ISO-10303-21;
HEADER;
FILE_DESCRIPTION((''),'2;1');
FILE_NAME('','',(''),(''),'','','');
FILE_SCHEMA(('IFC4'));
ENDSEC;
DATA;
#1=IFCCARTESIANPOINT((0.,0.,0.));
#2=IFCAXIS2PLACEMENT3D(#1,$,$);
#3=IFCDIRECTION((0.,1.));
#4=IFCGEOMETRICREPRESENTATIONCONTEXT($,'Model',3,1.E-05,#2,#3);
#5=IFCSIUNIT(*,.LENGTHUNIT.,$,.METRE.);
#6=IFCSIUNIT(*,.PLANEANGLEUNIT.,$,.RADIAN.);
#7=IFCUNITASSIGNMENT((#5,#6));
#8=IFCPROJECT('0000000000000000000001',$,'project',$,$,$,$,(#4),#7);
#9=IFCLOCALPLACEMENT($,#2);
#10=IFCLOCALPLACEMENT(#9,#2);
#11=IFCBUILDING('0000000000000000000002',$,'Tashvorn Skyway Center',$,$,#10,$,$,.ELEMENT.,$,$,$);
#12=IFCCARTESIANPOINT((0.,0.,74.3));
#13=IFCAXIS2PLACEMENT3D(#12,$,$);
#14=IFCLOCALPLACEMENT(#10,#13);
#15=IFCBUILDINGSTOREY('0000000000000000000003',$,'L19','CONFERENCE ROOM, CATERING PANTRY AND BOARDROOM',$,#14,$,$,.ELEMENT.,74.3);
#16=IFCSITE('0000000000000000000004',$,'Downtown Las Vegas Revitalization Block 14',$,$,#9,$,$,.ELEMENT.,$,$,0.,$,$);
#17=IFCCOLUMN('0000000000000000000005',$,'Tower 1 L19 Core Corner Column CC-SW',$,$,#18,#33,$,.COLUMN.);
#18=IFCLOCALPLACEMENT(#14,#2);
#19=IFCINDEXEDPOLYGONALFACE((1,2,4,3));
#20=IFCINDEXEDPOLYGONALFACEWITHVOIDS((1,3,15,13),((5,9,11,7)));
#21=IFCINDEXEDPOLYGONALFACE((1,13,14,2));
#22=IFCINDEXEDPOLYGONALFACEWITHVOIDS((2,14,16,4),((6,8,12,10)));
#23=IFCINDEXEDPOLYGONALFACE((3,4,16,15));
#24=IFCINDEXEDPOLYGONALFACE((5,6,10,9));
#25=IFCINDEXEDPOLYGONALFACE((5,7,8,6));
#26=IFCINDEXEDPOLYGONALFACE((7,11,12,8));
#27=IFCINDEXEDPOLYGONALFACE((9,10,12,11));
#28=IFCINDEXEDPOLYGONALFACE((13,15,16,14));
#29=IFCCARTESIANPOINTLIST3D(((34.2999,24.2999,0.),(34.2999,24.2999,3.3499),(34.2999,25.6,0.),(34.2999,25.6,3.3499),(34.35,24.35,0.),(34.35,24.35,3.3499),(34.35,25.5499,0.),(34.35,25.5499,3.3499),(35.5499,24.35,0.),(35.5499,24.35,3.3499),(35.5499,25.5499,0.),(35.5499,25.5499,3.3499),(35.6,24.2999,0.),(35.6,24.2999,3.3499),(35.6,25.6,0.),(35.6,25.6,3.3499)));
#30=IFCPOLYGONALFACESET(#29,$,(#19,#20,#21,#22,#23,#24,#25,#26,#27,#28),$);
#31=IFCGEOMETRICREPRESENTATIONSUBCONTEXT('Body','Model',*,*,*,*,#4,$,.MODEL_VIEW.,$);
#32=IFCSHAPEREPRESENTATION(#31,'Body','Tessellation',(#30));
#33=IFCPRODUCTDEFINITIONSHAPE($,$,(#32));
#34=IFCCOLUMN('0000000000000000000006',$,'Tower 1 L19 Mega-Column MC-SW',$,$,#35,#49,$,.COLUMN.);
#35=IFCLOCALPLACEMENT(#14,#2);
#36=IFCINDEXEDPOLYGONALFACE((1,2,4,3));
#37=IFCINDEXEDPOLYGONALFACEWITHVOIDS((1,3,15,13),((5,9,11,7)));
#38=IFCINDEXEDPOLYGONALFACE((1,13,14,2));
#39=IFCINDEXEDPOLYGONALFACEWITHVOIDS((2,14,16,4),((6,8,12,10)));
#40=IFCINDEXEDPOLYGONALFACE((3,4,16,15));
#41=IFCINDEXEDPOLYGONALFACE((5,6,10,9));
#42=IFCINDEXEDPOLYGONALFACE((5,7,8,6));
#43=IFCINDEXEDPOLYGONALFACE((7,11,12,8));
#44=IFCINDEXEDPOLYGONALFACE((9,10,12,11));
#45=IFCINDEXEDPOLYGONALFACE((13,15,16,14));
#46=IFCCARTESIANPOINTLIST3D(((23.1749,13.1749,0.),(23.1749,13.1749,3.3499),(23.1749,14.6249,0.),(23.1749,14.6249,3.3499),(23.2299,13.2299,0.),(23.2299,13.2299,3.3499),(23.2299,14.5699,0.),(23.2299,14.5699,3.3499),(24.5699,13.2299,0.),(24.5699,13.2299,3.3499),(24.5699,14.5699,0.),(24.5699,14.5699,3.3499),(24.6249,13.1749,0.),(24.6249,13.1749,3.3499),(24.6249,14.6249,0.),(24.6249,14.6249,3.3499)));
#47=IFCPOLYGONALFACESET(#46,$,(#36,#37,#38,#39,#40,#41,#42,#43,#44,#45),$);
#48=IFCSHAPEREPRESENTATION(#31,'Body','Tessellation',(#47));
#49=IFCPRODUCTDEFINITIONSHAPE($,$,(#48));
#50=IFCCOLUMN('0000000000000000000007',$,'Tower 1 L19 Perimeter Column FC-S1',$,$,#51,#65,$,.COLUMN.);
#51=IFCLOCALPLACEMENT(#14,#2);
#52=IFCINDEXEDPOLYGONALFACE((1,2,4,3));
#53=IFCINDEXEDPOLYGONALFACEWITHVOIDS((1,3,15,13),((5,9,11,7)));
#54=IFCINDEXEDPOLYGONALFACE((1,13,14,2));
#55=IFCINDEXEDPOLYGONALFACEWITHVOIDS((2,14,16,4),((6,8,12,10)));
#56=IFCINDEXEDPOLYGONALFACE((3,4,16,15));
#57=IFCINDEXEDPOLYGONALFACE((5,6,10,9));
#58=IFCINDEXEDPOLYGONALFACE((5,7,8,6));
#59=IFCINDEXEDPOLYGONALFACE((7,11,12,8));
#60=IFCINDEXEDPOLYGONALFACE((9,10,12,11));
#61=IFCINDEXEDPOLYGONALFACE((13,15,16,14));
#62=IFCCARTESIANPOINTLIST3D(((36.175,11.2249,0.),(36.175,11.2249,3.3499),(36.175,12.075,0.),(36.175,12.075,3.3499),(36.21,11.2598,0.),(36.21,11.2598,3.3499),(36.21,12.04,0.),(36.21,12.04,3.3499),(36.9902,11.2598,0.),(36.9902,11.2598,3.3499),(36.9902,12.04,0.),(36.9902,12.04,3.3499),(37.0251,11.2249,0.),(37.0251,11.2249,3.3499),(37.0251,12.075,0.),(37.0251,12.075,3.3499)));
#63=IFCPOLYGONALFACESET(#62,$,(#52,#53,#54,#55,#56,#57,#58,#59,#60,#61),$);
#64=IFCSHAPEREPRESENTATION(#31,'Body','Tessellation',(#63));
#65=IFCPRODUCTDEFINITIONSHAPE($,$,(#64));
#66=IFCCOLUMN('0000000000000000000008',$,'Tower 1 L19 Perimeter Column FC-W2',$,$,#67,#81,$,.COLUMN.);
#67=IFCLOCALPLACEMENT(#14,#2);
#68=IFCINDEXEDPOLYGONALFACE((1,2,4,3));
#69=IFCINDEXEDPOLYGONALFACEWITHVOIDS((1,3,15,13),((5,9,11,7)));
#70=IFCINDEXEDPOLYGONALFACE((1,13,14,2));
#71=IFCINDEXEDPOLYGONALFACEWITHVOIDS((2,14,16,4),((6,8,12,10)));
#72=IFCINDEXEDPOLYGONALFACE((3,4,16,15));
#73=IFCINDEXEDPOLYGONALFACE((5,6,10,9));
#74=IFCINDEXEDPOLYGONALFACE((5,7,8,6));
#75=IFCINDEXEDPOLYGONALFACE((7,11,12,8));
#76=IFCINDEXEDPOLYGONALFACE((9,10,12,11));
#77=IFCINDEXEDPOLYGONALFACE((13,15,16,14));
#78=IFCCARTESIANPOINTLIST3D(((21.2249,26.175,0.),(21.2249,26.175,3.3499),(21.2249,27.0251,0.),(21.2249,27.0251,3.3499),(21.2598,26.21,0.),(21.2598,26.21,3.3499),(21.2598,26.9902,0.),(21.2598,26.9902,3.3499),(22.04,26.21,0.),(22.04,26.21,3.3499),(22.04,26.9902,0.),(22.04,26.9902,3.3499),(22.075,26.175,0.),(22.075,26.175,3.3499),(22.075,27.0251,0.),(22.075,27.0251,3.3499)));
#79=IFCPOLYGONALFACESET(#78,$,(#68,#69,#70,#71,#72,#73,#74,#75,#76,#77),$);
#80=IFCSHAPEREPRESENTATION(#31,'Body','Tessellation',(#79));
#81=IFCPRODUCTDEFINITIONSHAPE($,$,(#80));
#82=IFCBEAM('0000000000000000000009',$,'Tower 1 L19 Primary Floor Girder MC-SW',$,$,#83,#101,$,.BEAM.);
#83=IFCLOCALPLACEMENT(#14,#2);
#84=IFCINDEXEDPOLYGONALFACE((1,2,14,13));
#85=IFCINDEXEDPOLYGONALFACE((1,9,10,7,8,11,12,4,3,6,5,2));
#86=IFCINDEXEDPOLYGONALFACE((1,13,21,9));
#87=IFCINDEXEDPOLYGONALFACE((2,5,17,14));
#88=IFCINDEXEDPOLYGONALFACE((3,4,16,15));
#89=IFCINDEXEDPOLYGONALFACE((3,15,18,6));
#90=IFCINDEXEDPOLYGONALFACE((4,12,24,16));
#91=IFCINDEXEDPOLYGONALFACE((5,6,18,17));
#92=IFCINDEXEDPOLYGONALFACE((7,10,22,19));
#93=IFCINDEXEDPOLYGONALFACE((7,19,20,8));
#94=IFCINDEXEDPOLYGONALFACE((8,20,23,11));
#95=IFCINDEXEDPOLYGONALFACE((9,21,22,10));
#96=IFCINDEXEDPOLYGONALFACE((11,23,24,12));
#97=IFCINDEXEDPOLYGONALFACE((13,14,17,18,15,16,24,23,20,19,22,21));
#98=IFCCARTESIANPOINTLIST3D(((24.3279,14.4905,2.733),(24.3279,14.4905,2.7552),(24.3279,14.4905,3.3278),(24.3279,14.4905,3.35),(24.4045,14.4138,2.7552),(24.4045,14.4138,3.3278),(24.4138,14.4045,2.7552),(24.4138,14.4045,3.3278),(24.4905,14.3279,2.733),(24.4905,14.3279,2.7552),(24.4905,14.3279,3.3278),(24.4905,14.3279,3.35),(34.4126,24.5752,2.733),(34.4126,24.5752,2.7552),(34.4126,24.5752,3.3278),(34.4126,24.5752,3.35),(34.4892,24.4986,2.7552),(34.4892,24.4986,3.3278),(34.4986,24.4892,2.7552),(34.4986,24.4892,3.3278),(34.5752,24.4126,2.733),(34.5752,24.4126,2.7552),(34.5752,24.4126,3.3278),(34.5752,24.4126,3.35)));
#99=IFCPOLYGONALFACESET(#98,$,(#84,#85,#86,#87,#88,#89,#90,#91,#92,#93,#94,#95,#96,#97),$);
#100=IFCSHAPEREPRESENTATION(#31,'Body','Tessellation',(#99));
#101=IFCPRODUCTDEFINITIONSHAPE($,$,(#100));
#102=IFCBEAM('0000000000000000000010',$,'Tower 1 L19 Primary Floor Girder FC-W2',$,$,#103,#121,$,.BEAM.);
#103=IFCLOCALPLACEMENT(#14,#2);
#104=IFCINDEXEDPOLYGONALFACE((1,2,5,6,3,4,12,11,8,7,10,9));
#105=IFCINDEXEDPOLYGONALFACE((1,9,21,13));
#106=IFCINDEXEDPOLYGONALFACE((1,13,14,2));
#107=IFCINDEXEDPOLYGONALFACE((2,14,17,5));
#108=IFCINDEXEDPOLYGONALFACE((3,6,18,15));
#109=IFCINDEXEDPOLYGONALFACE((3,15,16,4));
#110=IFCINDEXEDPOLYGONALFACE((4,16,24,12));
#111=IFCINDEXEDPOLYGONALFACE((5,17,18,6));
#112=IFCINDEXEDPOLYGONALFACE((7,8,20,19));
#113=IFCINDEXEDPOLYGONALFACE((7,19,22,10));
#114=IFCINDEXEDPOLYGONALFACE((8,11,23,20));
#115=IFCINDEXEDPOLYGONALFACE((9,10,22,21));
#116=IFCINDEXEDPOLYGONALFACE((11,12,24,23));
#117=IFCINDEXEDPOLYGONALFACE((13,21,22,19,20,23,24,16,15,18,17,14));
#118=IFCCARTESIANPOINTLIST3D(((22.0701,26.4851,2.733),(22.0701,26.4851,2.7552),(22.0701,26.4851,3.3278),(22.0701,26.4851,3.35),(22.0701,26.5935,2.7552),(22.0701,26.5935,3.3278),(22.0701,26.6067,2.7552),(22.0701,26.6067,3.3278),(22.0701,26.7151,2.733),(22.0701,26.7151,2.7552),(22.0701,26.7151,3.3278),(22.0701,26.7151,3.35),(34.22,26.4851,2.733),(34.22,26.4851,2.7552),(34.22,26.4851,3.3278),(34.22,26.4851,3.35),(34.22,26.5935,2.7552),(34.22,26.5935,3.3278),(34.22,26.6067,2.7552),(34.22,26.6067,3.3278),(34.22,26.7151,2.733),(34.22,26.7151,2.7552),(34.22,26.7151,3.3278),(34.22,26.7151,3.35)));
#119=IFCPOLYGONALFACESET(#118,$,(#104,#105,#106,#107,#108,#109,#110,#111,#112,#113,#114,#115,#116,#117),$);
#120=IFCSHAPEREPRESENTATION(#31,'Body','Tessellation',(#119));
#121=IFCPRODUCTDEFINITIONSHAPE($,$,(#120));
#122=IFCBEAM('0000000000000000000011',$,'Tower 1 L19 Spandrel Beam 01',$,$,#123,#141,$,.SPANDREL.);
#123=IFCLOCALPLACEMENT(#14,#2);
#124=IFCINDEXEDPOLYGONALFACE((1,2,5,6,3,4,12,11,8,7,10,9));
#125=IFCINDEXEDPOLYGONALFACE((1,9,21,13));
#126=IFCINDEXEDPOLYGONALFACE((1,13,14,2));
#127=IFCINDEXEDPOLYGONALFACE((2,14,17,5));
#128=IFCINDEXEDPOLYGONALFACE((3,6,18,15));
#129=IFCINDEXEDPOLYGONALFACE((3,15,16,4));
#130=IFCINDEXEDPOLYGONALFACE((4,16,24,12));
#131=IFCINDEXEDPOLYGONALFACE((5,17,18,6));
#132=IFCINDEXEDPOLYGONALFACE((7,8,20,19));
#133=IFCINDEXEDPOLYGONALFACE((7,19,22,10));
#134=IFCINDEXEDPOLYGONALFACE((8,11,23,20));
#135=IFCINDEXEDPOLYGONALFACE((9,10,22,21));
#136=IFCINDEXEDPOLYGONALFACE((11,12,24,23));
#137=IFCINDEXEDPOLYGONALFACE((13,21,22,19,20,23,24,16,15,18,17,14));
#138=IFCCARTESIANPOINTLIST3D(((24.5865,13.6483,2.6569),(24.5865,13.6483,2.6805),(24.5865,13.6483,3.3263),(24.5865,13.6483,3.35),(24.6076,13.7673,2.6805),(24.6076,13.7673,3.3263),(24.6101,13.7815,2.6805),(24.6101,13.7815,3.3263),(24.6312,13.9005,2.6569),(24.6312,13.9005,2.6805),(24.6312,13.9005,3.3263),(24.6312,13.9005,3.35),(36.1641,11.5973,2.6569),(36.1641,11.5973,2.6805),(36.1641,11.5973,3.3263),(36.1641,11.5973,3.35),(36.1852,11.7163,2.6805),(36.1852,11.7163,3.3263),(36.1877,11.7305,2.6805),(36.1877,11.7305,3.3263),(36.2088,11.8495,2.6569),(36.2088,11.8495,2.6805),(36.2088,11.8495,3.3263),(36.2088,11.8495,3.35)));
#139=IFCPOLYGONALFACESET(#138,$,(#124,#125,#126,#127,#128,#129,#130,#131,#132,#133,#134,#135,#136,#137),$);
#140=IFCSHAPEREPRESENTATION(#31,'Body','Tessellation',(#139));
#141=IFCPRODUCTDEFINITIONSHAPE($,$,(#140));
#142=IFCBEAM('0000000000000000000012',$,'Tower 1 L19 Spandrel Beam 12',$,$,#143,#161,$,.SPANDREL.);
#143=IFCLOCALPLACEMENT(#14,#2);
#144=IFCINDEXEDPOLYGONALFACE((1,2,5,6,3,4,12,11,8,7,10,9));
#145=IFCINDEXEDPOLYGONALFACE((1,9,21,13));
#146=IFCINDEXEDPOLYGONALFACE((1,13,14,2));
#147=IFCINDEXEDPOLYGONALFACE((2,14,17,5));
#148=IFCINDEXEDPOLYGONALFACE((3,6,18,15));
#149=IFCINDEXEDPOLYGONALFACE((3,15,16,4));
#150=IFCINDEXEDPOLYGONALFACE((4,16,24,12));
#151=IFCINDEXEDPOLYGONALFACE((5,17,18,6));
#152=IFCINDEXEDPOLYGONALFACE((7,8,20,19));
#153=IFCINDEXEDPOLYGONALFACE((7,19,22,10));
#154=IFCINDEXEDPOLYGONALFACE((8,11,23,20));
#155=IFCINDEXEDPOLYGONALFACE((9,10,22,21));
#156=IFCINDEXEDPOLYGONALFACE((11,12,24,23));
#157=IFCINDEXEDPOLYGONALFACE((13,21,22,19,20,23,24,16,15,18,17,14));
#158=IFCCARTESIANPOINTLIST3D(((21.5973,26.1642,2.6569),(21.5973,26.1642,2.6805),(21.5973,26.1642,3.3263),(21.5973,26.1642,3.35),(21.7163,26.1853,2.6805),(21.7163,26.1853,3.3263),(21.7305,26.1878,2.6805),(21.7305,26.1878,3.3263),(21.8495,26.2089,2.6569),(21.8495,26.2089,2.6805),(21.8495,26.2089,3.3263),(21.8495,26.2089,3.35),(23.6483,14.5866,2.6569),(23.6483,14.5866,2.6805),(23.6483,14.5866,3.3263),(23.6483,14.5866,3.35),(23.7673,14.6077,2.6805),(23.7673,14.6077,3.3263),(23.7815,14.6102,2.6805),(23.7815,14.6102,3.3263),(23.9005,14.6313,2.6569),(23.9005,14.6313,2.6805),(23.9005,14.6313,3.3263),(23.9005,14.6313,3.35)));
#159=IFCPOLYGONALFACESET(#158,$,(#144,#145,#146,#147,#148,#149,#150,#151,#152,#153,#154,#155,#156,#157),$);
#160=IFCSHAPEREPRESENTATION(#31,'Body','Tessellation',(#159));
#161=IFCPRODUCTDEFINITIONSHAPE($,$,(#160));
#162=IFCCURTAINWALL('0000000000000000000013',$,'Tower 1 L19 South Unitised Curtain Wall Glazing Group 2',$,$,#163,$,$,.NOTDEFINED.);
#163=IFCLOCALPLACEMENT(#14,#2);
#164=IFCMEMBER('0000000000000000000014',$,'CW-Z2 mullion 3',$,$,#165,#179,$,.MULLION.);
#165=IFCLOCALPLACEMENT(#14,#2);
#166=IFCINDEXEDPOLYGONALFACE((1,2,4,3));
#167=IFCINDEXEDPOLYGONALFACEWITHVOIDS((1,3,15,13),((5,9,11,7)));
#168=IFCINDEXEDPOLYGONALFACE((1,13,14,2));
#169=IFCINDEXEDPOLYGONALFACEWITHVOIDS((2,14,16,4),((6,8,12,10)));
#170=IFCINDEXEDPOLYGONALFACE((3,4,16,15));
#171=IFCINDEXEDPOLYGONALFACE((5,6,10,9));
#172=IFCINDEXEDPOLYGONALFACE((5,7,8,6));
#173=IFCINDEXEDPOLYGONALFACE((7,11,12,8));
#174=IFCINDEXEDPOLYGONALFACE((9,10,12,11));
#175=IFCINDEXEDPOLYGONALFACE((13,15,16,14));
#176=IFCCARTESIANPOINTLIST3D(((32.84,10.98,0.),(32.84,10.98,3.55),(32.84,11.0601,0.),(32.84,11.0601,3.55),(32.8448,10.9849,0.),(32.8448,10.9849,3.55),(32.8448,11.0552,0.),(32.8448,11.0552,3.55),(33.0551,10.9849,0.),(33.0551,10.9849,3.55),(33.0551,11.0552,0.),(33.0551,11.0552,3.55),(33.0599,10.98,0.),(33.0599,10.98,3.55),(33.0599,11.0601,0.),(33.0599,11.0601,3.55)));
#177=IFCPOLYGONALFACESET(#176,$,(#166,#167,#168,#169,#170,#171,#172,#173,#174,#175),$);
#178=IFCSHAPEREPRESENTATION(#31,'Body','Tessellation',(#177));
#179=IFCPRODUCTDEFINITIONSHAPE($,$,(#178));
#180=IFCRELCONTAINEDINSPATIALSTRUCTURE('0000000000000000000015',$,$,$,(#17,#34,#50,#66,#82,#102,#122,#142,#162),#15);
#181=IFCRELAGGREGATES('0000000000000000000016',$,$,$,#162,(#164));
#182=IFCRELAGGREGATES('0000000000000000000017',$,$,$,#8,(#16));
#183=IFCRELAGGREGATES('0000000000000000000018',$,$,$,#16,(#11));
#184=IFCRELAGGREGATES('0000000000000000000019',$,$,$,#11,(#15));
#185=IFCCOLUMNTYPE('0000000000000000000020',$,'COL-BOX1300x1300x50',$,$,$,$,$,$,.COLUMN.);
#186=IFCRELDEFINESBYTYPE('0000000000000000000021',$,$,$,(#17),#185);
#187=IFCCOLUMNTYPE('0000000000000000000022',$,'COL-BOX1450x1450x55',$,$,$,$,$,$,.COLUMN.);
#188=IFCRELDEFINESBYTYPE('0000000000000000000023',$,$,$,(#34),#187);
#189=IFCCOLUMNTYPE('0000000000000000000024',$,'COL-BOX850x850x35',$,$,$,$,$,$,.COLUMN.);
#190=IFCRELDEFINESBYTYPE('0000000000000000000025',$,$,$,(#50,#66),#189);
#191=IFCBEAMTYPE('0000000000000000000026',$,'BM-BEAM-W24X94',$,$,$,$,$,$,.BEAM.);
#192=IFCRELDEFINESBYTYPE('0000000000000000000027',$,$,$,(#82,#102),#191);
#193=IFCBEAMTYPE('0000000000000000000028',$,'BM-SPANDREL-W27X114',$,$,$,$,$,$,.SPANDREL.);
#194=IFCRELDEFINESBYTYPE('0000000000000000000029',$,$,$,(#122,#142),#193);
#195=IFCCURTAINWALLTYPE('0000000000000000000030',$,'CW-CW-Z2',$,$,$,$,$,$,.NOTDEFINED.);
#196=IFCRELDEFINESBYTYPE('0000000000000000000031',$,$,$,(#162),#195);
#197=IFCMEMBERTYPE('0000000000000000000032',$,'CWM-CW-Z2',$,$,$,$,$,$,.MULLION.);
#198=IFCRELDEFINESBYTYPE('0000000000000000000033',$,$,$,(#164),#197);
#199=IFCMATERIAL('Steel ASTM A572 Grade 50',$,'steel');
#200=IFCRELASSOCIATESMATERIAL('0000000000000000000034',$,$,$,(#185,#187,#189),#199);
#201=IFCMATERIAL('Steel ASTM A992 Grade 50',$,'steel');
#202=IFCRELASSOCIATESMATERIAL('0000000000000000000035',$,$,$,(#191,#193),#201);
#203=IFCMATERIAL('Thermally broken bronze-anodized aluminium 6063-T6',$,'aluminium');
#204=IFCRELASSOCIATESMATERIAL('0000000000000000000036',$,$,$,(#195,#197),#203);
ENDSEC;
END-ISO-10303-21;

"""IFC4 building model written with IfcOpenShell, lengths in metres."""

from ifc_helpers import new_model, si_unit, direction, frame, origin, origin_2d, place, context, subcontext, project, spatial, hollow_rectangle, i_section, extrude, material, material_profile, profile_set, type_object, element, aggregate, save


model = new_model("IFC4")

# Units and contexts
model_context = context("Model", 3, precision=1e-05, world=origin(), true_north=direction((0.0, 1.0)))
body_context = subcontext(model_context, "Body", "Model", "MODEL_VIEW")
ifc_project = project(units=[si_unit("LENGTHUNIT", "METRE"), si_unit("PLANEANGLEUNIT", "RADIAN")], contexts=[model_context])

# Site, building, storey
site_placement = place(None, origin())
site = spatial("IfcSite", under=ifc_project, at=site_placement, Name="Downtown Las Vegas Revitalization Block 14", CompositionType="ELEMENT", RefElevation=0.0)
building_placement = place(site_placement, origin())
building = spatial("IfcBuilding", under=site, at=building_placement, Name="Tashvorn Skyway Center", CompositionType="ELEMENT")
storey_placement = place(building_placement, frame((0.0, 0.0, 74.3)))
storey = spatial("IfcBuildingStorey", under=building, at=storey_placement, Name="L19", Description="CONFERENCE ROOM, CATERING PANTRY AND BOARDROOM", CompositionType="ELEMENT", Elevation=74.3)

# Columns
ifc_material_1 = material(Name="Steel ASTM A572 Grade 50", Category="steel")
ifc_material_profile_1 = material_profile(ifc_material_1, hollow_rectangle(XDim=1.3, YDim=1.3, WallThickness=0.05, at=origin_2d()), Name="BOX1300x1300x50")
ifc_profile_set_1 = profile_set([ifc_material_profile_1], Name="Steel ASTM A572 Grade 50")
column_type_1 = type_object("IfcColumnType", Name="COL-BOX1300x1300x50", PredefinedType="COLUMN", material=ifc_profile_set_1)
column_1_placement = place(storey_placement, frame((34.95, 24.95, 0.0), z_axis=(0.0, 0.0, 1.0), x_axis=(1.0, 0.0, 0.0)))
element("IfcColumn", 1, at=column_1_placement, inside=storey, type_object=column_type_1, Name="Tower 1 L19 Core Corner Column CC-SW", PredefinedType="COLUMN", context=body_context, shape_type="SweptSolid", body=[
    extrude(hollow_rectangle(XDim=1.3, YDim=1.3, WallThickness=0.05, at=origin_2d()), origin(), (0.0, 0.0, 1.0), 3.3499),
])
ifc_material_profile_2 = material_profile(ifc_material_1, hollow_rectangle(XDim=1.45, YDim=1.45, WallThickness=0.0549, at=origin_2d()), Name="BOX1450x1450x55")
ifc_profile_set_2 = profile_set([ifc_material_profile_2], Name="Steel ASTM A572 Grade 50")
column_type_2 = type_object("IfcColumnType", Name="COL-BOX1450x1450x55", PredefinedType="COLUMN", material=ifc_profile_set_2)
column_2_placement = place(storey_placement, frame((23.8999, 13.8999, 0.0), z_axis=(0.0, 0.0, 1.0), x_axis=(1.0, 0.0, 0.0)))
element("IfcColumn", 2, at=column_2_placement, inside=storey, type_object=column_type_2, Name="Tower 1 L19 Mega-Column MC-SW", PredefinedType="COLUMN", context=body_context, shape_type="SweptSolid", body=[
    extrude(hollow_rectangle(XDim=1.45, YDim=1.45, WallThickness=0.0549, at=origin_2d()), origin(), (0.0, 0.0, 1.0), 3.3499),
])
ifc_material_profile_3 = material_profile(ifc_material_1, hollow_rectangle(XDim=0.8501, YDim=0.8501, WallThickness=0.0349, at=origin_2d()), Name="BOX850x850x35")
ifc_profile_set_3 = profile_set([ifc_material_profile_3], Name="Steel ASTM A572 Grade 50")
column_type_3 = type_object("IfcColumnType", Name="COL-BOX850x850x35", PredefinedType="COLUMN", material=ifc_profile_set_3)
for number, where, z_axis, x_axis, name in (
    (3, (36.6001, 11.6499, 0.0), (0.0, 0.0, 1.0), (1.0, 0.0, 0.0), "Tower 1 L19 Perimeter Column FC-S1"),
    (4, (21.6499, 26.6001, 0.0), (0.0, 0.0, 1.0), (1.0, 0.0, 0.0), "Tower 1 L19 Perimeter Column FC-W2"),
):
    element("IfcColumn", number, at=place(storey_placement, frame(where, z_axis=z_axis, x_axis=x_axis)), inside=storey, type_object=column_type_3, Name=name, PredefinedType="COLUMN", context=body_context, shape_type="SweptSolid", body=[
        extrude(hollow_rectangle(XDim=0.8501, YDim=0.8501, WallThickness=0.0349, at=origin_2d()), origin(), (0.0, 0.0, 1.0), 3.3499),
    ])

# Beams
ifc_material_2 = material(Name="Steel ASTM A992 Grade 50", Category="steel")
ifc_material_profile_4 = material_profile(ifc_material_2, i_section(OverallWidth=0.23, OverallDepth=0.6169, WebThickness=0.0132, FlangeThickness=0.0222, at=origin_2d()), Name="W24X94")
ifc_profile_set_4 = profile_set([ifc_material_profile_4], Name="Steel ASTM A992 Grade 50")
beam_type_1 = type_object("IfcBeamType", Name="BM-BEAM-W24X94", PredefinedType="BEAM", material=ifc_profile_set_4)
beam_1_placement = place(storey_placement, frame((24.4092, 14.4092, 3.0415), z_axis=(0.707107, 0.707107, 0.0), x_axis=(-0.707107, 0.707107, 0.0)))
element("IfcBeam", 5, at=beam_1_placement, inside=storey, type_object=beam_type_1, Name="Tower 1 L19 Primary Floor Girder MC-SW", PredefinedType="BEAM", context=body_context, shape_type="SweptSolid", body=[
    extrude(i_section(OverallWidth=0.23, OverallDepth=0.6169, WebThickness=0.0132, FlangeThickness=0.0222, at=origin_2d()), origin(), (0.0, 0.0, 1.0), 14.262),
])
beam_2_placement = place(storey_placement, frame((22.0701, 26.6001, 3.0415), z_axis=(1.0, 0.0, 0.0), x_axis=(0.0, 1.0, 0.0)))
element("IfcBeam", 6, at=beam_2_placement, inside=storey, type_object=beam_type_1, Name="Tower 1 L19 Primary Floor Girder FC-W2", PredefinedType="BEAM", context=body_context, shape_type="SweptSolid", body=[
    extrude(i_section(OverallWidth=0.23, OverallDepth=0.6169, WebThickness=0.0132, FlangeThickness=0.0222, at=origin_2d()), origin(), (0.0, 0.0, 1.0), 12.1499),
])
ifc_material_profile_5 = material_profile(ifc_material_2, i_section(OverallWidth=0.2561, OverallDepth=0.6931, WebThickness=0.0144, FlangeThickness=0.0237, at=origin_2d()), Name="W27X114")
ifc_profile_set_5 = profile_set([ifc_material_profile_5], Name="Steel ASTM A992 Grade 50")
beam_type_2 = type_object("IfcBeamType", Name="BM-SPANDREL-W27X114", PredefinedType="SPANDREL", material=ifc_profile_set_5)
for number, where, z_axis, x_axis, name in (
    (7, (24.6089, 13.7744, 3.0034), (0.984668, -0.174438, 0.0), (0.174438, 0.984668, 0.0), "Tower 1 L19 Spandrel Beam 01"),
    (8, (21.7234, 26.1865, 3.0034), (0.174438, -0.984668, 0.0), (0.984668, 0.174438, 0.0), "Tower 1 L19 Spandrel Beam 12"),
):
    element("IfcBeam", number, at=place(storey_placement, frame(where, z_axis=z_axis, x_axis=x_axis)), inside=storey, type_object=beam_type_2, Name=name, PredefinedType="SPANDREL", context=body_context, shape_type="SweptSolid", body=[
        extrude(i_section(OverallWidth=0.2561, OverallDepth=0.6931, WebThickness=0.0144, FlangeThickness=0.0237, at=origin_2d()), origin(), (0.0, 0.0, 1.0), 11.7578),
    ])

# Curtain wall, member
ifc_material_3 = material(Name="Thermally broken bronze-anodized aluminium 6063-T6", Category="aluminium")
curtain_wall_type = type_object("IfcCurtainWallType", Name="CW-CW-Z2", PredefinedType="NOTDEFINED", material=ifc_material_3)
curtain_wall_1_placement = place(storey_placement, origin())
curtain_wall_1 = element("IfcCurtainWall", 9, at=curtain_wall_1_placement, inside=storey, type_object=curtain_wall_type, Name="Tower 1 L19 South Unitised Curtain Wall Glazing Group 2", PredefinedType="NOTDEFINED")
ifc_material_profile_6 = material_profile(ifc_material_3, hollow_rectangle(XDim=0.0801, YDim=0.22, WallThickness=0.0049, at=origin_2d()), Name="ALU-MULL-80x220")
ifc_profile_set_6 = profile_set([ifc_material_profile_6], Name="Thermally broken bronze-anodized aluminium 6063-T6")
member_type_1 = type_object("IfcMemberType", Name="CWM-CW-Z2", PredefinedType="MULLION", material=ifc_profile_set_6)
member_1_placement = place(storey_placement, frame((32.95, 11.02, 0.0), z_axis=(0.0, 0.0, 1.0), x_axis=(0.0, -1.0, 0.0)))
member_1 = element("IfcMember", 10, at=member_1_placement, type_object=member_type_1, Name="CW-Z2 mullion 3", PredefinedType="MULLION", context=body_context, shape_type="SweptSolid", body=[
    extrude(hollow_rectangle(XDim=0.0801, YDim=0.22, WallThickness=0.0049, at=origin_2d()), origin(), (0.0, 0.0, 1.0), 3.55),
])
aggregate(curtain_wall_1, [member_1])

save(model, "model.ifc")
